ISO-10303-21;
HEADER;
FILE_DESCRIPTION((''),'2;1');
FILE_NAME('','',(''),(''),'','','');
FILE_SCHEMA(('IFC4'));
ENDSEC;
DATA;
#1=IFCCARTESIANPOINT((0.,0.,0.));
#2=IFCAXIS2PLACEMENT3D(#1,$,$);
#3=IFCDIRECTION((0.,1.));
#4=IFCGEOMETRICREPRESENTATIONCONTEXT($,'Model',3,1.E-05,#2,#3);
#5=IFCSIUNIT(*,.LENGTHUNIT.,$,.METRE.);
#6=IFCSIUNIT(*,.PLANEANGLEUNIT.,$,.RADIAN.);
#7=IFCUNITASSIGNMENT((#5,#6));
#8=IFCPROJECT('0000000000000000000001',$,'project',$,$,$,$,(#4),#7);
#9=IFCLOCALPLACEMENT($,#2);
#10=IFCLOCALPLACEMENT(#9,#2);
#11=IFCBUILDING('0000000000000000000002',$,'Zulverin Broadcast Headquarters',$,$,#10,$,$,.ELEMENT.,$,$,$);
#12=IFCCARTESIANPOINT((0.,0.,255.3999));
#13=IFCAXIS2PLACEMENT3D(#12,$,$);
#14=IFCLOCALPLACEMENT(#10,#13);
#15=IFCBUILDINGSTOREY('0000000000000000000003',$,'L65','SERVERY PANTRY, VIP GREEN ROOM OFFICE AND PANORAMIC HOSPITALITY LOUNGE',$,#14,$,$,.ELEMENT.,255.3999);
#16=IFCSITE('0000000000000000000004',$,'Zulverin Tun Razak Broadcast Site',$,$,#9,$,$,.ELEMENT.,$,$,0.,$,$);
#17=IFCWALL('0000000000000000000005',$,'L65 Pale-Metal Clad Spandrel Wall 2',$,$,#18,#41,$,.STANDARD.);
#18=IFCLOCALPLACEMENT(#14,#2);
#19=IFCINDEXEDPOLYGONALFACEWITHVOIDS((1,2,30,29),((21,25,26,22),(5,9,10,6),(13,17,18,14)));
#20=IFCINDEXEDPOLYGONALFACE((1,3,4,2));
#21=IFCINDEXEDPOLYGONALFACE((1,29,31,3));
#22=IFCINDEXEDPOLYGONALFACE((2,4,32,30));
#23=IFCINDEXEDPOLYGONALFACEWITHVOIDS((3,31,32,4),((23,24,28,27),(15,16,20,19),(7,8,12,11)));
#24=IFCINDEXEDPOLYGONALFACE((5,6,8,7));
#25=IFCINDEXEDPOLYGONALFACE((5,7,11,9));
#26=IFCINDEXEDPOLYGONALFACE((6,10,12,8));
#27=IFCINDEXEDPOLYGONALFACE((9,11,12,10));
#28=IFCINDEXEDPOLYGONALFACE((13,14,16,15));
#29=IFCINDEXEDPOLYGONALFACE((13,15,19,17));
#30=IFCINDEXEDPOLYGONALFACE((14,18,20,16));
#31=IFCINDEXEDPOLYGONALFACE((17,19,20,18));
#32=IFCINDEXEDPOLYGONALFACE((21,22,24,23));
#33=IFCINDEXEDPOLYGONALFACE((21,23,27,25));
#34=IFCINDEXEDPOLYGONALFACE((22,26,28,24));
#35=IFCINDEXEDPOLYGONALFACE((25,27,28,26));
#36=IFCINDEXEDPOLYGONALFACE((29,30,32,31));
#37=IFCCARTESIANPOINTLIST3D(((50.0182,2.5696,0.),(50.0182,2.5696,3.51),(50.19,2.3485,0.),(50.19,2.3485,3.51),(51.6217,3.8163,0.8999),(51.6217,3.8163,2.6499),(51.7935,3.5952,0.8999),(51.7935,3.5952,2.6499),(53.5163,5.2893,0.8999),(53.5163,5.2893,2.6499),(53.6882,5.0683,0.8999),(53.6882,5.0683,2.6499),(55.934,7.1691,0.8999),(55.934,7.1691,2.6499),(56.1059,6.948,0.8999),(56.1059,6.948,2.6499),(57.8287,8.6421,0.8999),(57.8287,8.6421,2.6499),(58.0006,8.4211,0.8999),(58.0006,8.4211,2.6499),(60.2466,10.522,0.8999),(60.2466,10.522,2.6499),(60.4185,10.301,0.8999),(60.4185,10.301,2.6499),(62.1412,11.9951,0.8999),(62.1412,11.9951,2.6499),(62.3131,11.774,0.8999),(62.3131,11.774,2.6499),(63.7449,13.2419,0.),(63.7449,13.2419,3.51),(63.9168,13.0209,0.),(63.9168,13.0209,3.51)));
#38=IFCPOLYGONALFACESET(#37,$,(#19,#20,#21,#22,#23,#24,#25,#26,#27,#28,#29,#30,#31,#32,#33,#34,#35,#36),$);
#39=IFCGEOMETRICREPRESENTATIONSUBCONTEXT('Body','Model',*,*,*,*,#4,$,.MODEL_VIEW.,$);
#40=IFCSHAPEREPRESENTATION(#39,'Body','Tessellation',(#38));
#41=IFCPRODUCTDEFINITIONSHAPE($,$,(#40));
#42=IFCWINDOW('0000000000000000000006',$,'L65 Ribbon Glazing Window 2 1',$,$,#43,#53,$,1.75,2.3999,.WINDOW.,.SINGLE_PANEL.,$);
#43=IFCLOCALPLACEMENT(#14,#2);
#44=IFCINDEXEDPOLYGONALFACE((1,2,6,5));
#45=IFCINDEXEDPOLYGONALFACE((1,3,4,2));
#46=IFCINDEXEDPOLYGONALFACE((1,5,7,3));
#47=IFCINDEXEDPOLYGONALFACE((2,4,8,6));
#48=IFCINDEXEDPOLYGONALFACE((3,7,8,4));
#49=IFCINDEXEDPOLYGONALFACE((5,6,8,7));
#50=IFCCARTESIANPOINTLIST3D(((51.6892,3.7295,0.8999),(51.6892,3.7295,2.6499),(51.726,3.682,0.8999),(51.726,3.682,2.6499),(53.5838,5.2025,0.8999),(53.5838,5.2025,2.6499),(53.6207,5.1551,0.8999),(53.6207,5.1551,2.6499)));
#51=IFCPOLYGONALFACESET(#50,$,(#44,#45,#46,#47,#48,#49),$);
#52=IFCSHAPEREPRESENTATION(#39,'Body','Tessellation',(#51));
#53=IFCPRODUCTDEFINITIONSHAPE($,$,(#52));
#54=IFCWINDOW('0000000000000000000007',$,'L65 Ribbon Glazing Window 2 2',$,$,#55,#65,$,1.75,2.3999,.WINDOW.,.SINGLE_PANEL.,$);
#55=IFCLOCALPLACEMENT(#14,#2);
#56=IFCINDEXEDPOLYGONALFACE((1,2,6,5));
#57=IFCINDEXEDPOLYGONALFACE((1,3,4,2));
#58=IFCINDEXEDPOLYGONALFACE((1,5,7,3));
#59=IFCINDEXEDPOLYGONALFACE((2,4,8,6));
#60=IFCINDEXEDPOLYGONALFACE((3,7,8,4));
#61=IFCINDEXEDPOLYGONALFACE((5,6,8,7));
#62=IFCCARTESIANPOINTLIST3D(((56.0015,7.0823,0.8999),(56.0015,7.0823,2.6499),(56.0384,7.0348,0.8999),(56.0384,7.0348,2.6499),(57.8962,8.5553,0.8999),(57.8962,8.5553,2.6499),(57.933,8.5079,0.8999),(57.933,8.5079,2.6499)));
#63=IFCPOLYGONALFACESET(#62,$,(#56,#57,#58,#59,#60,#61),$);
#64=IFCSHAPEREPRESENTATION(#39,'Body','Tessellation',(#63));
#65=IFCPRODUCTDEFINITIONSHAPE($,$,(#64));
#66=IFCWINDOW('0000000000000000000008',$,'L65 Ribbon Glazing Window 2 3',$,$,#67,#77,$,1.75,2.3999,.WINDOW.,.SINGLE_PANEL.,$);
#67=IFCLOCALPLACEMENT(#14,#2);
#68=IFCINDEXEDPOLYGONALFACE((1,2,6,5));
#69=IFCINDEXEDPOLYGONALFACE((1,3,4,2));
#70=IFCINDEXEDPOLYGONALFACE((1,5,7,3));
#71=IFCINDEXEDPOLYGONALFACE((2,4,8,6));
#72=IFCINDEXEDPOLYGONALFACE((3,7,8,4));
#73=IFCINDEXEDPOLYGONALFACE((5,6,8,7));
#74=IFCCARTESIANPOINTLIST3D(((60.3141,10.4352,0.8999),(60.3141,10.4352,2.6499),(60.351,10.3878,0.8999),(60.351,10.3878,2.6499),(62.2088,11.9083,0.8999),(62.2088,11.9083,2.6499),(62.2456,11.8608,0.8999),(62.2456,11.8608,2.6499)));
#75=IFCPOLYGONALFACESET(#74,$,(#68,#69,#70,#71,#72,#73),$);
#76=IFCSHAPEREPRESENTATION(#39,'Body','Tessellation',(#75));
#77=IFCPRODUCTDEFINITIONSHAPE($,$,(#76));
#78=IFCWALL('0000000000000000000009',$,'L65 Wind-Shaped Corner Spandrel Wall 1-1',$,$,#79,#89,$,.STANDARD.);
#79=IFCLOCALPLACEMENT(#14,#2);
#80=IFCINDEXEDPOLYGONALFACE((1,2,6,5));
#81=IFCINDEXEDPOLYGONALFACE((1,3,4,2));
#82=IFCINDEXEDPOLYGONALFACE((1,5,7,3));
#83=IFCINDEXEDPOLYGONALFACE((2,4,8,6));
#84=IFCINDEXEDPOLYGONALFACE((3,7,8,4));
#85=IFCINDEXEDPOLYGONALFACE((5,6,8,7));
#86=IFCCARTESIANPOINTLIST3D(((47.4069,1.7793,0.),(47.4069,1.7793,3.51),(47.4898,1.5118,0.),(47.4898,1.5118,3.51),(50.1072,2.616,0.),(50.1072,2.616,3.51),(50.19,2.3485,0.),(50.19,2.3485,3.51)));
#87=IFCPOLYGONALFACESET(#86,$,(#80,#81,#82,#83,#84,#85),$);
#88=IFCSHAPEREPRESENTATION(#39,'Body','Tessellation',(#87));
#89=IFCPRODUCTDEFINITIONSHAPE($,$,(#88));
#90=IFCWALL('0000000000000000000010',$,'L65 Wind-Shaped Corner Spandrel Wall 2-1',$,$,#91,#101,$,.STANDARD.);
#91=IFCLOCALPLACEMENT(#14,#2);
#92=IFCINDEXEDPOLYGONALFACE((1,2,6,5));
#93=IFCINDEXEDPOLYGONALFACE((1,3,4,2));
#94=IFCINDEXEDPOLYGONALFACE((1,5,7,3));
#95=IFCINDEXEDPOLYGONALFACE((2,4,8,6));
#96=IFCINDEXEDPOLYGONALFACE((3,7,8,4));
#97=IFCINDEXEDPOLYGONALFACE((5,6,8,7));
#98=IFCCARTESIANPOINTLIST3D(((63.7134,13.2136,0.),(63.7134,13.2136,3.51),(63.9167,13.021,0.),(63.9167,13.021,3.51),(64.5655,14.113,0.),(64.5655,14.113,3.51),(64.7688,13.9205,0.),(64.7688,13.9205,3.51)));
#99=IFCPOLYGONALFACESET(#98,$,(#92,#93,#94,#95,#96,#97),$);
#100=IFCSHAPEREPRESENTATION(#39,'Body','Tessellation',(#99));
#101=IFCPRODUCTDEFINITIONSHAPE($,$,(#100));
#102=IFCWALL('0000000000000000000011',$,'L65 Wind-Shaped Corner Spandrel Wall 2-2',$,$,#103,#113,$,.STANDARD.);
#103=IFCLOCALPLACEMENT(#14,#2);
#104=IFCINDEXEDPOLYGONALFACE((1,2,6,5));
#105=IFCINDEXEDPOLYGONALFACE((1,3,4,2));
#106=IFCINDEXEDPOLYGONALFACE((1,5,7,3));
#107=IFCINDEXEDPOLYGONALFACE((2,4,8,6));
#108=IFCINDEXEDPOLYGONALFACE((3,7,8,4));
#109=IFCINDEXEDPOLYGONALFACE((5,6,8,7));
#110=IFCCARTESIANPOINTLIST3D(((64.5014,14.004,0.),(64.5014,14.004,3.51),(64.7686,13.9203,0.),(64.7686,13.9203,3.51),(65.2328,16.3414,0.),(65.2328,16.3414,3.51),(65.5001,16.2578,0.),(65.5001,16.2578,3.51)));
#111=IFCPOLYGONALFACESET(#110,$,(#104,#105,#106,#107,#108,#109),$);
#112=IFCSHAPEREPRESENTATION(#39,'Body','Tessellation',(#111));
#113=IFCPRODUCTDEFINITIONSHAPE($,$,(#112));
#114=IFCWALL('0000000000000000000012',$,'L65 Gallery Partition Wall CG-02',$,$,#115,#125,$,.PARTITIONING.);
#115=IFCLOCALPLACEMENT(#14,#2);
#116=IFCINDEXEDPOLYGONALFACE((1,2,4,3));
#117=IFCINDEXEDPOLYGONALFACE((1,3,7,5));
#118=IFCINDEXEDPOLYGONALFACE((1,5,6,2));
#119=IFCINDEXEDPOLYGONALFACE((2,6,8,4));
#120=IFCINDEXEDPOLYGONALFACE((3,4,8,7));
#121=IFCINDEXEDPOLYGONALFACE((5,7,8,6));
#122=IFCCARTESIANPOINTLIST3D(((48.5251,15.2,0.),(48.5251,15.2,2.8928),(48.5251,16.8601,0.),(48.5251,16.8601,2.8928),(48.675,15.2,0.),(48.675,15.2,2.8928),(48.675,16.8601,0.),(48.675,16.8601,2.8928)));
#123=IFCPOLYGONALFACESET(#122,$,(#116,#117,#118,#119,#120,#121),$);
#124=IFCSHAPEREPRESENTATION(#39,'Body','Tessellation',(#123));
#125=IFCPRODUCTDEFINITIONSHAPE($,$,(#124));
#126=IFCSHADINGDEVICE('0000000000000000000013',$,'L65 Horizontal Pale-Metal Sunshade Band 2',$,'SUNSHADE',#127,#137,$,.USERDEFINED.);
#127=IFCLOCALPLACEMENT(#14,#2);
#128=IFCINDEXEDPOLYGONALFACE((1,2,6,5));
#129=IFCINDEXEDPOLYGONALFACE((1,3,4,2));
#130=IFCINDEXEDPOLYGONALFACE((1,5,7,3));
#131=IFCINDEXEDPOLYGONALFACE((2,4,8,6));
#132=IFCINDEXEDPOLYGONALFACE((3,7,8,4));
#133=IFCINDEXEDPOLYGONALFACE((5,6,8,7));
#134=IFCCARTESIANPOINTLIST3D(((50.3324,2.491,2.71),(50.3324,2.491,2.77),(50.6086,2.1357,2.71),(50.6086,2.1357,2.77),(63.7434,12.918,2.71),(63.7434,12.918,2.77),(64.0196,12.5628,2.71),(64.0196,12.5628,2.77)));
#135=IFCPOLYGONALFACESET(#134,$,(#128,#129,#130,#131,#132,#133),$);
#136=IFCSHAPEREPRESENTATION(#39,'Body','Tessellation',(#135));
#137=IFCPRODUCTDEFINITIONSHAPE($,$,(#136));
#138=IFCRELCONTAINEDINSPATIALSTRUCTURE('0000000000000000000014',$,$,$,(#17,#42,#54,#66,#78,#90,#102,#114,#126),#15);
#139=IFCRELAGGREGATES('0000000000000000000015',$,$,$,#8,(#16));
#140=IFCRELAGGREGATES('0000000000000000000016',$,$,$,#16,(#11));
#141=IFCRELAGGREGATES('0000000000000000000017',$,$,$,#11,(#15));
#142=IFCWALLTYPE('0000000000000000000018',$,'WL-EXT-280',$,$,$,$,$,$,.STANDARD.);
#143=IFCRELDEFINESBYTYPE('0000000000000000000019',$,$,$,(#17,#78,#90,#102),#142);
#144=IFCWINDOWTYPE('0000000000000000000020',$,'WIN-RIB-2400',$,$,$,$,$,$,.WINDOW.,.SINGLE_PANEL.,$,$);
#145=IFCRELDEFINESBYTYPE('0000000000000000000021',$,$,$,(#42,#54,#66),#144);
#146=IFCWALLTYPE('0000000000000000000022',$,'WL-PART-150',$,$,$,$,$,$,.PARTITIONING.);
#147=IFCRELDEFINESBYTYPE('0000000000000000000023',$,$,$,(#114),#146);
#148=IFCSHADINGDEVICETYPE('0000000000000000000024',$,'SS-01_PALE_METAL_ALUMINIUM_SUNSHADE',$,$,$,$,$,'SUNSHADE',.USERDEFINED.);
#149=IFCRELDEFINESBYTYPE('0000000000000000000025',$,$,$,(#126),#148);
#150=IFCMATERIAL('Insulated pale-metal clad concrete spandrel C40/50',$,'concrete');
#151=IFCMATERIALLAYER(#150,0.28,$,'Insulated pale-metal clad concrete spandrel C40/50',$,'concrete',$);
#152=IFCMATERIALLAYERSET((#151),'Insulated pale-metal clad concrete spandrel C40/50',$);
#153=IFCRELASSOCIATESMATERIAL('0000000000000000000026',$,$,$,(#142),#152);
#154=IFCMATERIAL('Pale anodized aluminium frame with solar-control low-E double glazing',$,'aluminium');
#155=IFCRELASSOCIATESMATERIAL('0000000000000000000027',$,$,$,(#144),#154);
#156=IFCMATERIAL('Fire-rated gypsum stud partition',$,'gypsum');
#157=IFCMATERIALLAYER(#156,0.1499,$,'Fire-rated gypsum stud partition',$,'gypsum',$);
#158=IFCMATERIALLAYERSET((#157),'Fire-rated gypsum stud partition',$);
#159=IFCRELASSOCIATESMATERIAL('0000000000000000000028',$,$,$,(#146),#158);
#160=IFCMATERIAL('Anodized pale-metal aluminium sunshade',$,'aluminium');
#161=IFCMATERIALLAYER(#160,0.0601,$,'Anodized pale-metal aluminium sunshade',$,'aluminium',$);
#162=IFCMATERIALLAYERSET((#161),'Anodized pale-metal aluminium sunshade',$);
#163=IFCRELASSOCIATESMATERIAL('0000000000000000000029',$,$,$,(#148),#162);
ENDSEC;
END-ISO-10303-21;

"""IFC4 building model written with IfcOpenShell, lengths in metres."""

from ifc_helpers import new_model, si_unit, direction, frame, frame_2d, origin, origin_2d, place, context, subcontext, project, spatial, rectangle, extrude, material, layer, layer_set, type_object, element, fill, save


model = new_model("IFC4")

# Units and contexts
model_context = context("Model", 3, precision=1e-05, world=origin(), true_north=direction((0.0, 1.0)))
body_context = subcontext(model_context, "Body", "Model", "MODEL_VIEW")
ifc_project = project(units=[si_unit("LENGTHUNIT", "METRE"), si_unit("PLANEANGLEUNIT", "RADIAN")], contexts=[model_context])

# Site, building, storey
site_placement = place(None, origin())
site = spatial("IfcSite", under=ifc_project, at=site_placement, Name="Zulverin Tun Razak Broadcast Site", CompositionType="ELEMENT", RefElevation=0.0)
building_placement = place(site_placement, origin())
building = spatial("IfcBuilding", under=site, at=building_placement, Name="Zulverin Broadcast Headquarters", CompositionType="ELEMENT")
storey_placement = place(building_placement, frame((0.0, 0.0, 255.3999)))
storey = spatial("IfcBuildingStorey", under=building, at=storey_placement, Name="L65", Description="SERVERY PANTRY, VIP GREEN ROOM OFFICE AND PANORAMIC HOSPITALITY LOUNGE", CompositionType="ELEMENT", Elevation=255.3999)

# Wall, openings, windows
ifc_material_1 = material(Name="Insulated pale-metal clad concrete spandrel C40/50", Category="concrete")
ifc_layer_1 = layer(ifc_material_1, 0.28, Name="Insulated pale-metal clad concrete spandrel C40/50", Category="concrete")
ifc_layer_set_1 = layer_set([ifc_layer_1], Name="Insulated pale-metal clad concrete spandrel C40/50")
wall_type_1 = type_object("IfcWallType", Name="WL-EXT-280", PredefinedType="STANDARD", material=ifc_layer_set_1)
wall_1_placement = place(storey_placement, frame((50.104, 2.459, 0.0), z_axis=(0.0, 0.0, 1.0), x_axis=(0.789465, 0.613796, 0.0)))
wall_1 = element("IfcWall", 1, at=wall_1_placement, inside=storey, type_object=wall_type_1, Name="L65 Pale-Metal Clad Spandrel Wall 2", PredefinedType="STANDARD", context=body_context, shape_type="SweptSolid", body=[
    extrude(rectangle(XDim=17.3875, YDim=0.28, at=frame_2d((8.6938, 0.0))), origin(), (0.0, 0.0, 1.0), 3.51),
])
opening_1_placement = place(wall_1_placement, frame((2.0312, 0.0, 0.8999)))
opening_1 = element("IfcOpeningElement", 2, at=opening_1_placement, cuts=wall_1, PredefinedType="OPENING", context=body_context, shape_type="SweptSolid", body=[
    extrude(rectangle(XDim=2.3999, YDim=1.75, at=frame_2d((1.2, 0.875))), frame((0.0, 0.1499, 0.0), z_axis=(0.0, -1.0, 0.0), x_axis=(1.0, 0.0, 0.0)), (0.0, 0.0, 1.0), 0.3),
])
opening_2_placement = place(wall_1_placement, frame((7.4937, 0.0, 0.8999)))
opening_2 = element("IfcOpeningElement", 3, at=opening_2_placement, cuts=wall_1, PredefinedType="OPENING", context=body_context, shape_type="SweptSolid", body=[
    extrude(rectangle(XDim=2.3999, YDim=1.75, at=frame_2d((1.2, 0.875))), frame((0.0, 0.1499, 0.0), z_axis=(0.0, -1.0, 0.0), x_axis=(1.0, 0.0, 0.0)), (0.0, 0.0, 1.0), 0.3),
])
opening_3_placement = place(wall_1_placement, frame((12.9563, 0.0, 0.8999)))
opening_3 = element("IfcOpeningElement", 4, at=opening_3_placement, cuts=wall_1, PredefinedType="OPENING", context=body_context, shape_type="SweptSolid", body=[
    extrude(rectangle(XDim=2.3999, YDim=1.75, at=frame_2d((1.2, 0.875))), frame((0.0, 0.1499, 0.0), z_axis=(0.0, -1.0, 0.0), x_axis=(1.0, 0.0, 0.0)), (0.0, 0.0, 1.0), 0.3),
])
ifc_material_2 = material(Name="Pale anodized aluminium frame with solar-control low-E double glazing", Category="aluminium")
window_type = type_object("IfcWindowType", Name="WIN-RIB-2400", PartitioningType="SINGLE_PANEL", PredefinedType="WINDOW", material=ifc_material_2)
window_1_placement = place(opening_1_placement, origin())
window_1 = element("IfcWindow", 5, at=window_1_placement, inside=storey, type_object=window_type, Name="L65 Ribbon Glazing Window 2 1", OverallHeight=1.75, OverallWidth=2.3999, PartitioningType="SINGLE_PANEL", PredefinedType="WINDOW", context=body_context, shape_type="SweptSolid", body=[
    extrude(rectangle(XDim=2.3999, YDim=1.75, at=frame_2d((1.2, 0.875))), frame((0.0, 0.03, 0.0), z_axis=(0.0, -1.0, 0.0), x_axis=(1.0, 0.0, 0.0)), (0.0, 0.0, 1.0), 0.0601),
])
fill(opening_1, window_1)
window_2_placement = place(opening_2_placement, origin())
window_2 = element("IfcWindow", 6, at=window_2_placement, inside=storey, type_object=window_type, Name="L65 Ribbon Glazing Window 2 2", OverallHeight=1.75, OverallWidth=2.3999, PartitioningType="SINGLE_PANEL", PredefinedType="WINDOW", context=body_context, shape_type="SweptSolid", body=[
    extrude(rectangle(XDim=2.3999, YDim=1.75, at=frame_2d((1.2, 0.875))), frame((0.0, 0.03, 0.0), z_axis=(0.0, -1.0, 0.0), x_axis=(1.0, 0.0, 0.0)), (0.0, 0.0, 1.0), 0.0601),
])
fill(opening_2, window_2)
window_3_placement = place(opening_3_placement, origin())
window_3 = element("IfcWindow", 7, at=window_3_placement, inside=storey, type_object=window_type, Name="L65 Ribbon Glazing Window 2 3", OverallHeight=1.75, OverallWidth=2.3999, PartitioningType="SINGLE_PANEL", PredefinedType="WINDOW", context=body_context, shape_type="SweptSolid", body=[
    extrude(rectangle(XDim=2.3999, YDim=1.75, at=frame_2d((1.2, 0.875))), frame((0.0, 0.03, 0.0), z_axis=(0.0, -1.0, 0.0), x_axis=(1.0, 0.0, 0.0)), (0.0, 0.0, 1.0), 0.0601),
])
fill(opening_3, window_3)

# Walls
wall_2_placement = place(storey_placement, frame((47.4482, 1.6455, 0.0), z_axis=(0.0, 0.0, 1.0), x_axis=(0.955196, 0.295973, 0.0)))
element("IfcWall", 8, at=wall_2_placement, inside=storey, type_object=wall_type_1, Name="L65 Wind-Shaped Corner Spandrel Wall 1-1", PredefinedType="STANDARD", context=body_context, shape_type="SweptSolid", body=[
    extrude(rectangle(XDim=2.8269, YDim=0.28, at=frame_2d((1.4136, 0.0))), origin(), (0.0, 0.0, 1.0), 3.51),
])
wall_3_placement = place(storey_placement, frame((63.8149, 13.1172, 0.0), z_axis=(0.0, 0.0, 1.0), x_axis=(0.687734, 0.725963, 0.0)))
element("IfcWall", 9, at=wall_3_placement, inside=storey, type_object=wall_type_1, Name="L65 Wind-Shaped Corner Spandrel Wall 2-1", PredefinedType="STANDARD", context=body_context, shape_type="SweptSolid", body=[
    extrude(rectangle(XDim=1.239, YDim=0.28, at=frame_2d((0.6196, 0.0))), origin(), (0.0, 0.0, 1.0), 3.51),
])
wall_4_placement = place(storey_placement, frame((64.635, 13.9622, 0.0), z_axis=(0.0, 0.0, 1.0), x_axis=(0.29865, 0.954363, 0.0)))
element("IfcWall", 10, at=wall_4_placement, inside=storey, type_object=wall_type_1, Name="L65 Wind-Shaped Corner Spandrel Wall 2-2", PredefinedType="STANDARD", context=body_context, shape_type="SweptSolid", body=[
    extrude(rectangle(XDim=2.4492, YDim=0.28, at=frame_2d((1.2246, 0.0))), origin(), (0.0, 0.0, 1.0), 3.51),
])
ifc_material_3 = material(Name="Fire-rated gypsum stud partition", Category="gypsum")
ifc_layer_2 = layer(ifc_material_3, 0.1499, Name="Fire-rated gypsum stud partition", Category="gypsum")
ifc_layer_set_2 = layer_set([ifc_layer_2], Name="Fire-rated gypsum stud partition")
wall_type_2 = type_object("IfcWallType", Name="WL-PART-150", PredefinedType="PARTITIONING", material=ifc_layer_set_2)
wall_5_placement = place(storey_placement, frame((48.6001, 15.2, 0.0), z_axis=(0.0, 0.0, 1.0), x_axis=(0.0, 1.0, 0.0)))
element("IfcWall", 11, at=wall_5_placement, inside=storey, type_object=wall_type_2, Name="L65 Gallery Partition Wall CG-02", PredefinedType="PARTITIONING", context=body_context, shape_type="SweptSolid", body=[
    extrude(rectangle(XDim=1.6602, YDim=0.1499, at=frame_2d((0.8301, 0.0))), origin(), (0.0, 0.0, 1.0), 2.8928),
])

# Shading device
ifc_material_4 = material(Name="Anodized pale-metal aluminium sunshade", Category="aluminium")
ifc_layer_3 = layer(ifc_material_4, 0.0601, Name="Anodized pale-metal aluminium sunshade", Category="aluminium")
ifc_layer_set_3 = layer_set([ifc_layer_3], Name="Anodized pale-metal aluminium sunshade")
shading_device_type = type_object("IfcShadingDeviceType", Name="SS-01_PALE_METAL_ALUMINIUM_SUNSHADE", ElementType="SUNSHADE", PredefinedType="USERDEFINED", material=ifc_layer_set_3)
shading_device_placement = place(storey_placement, frame((57.176, 7.5269, 2.71), z_axis=(0.0, 0.0, 1.0), x_axis=(0.789459, 0.613803, 0.0)))
element("IfcShadingDevice", 12, at=shading_device_placement, inside=storey, type_object=shading_device_type, Name="L65 Horizontal Pale-Metal Sunshade Band 2", ObjectType="SUNSHADE", PredefinedType="USERDEFINED", context=body_context, shape_type="SweptSolid", body=[
    extrude(rectangle(XDim=16.9875, YDim=0.45, at=origin_2d()), origin(), (0.0, 0.0, 1.0), 0.0601),
])

save(model, "model.ifc")
